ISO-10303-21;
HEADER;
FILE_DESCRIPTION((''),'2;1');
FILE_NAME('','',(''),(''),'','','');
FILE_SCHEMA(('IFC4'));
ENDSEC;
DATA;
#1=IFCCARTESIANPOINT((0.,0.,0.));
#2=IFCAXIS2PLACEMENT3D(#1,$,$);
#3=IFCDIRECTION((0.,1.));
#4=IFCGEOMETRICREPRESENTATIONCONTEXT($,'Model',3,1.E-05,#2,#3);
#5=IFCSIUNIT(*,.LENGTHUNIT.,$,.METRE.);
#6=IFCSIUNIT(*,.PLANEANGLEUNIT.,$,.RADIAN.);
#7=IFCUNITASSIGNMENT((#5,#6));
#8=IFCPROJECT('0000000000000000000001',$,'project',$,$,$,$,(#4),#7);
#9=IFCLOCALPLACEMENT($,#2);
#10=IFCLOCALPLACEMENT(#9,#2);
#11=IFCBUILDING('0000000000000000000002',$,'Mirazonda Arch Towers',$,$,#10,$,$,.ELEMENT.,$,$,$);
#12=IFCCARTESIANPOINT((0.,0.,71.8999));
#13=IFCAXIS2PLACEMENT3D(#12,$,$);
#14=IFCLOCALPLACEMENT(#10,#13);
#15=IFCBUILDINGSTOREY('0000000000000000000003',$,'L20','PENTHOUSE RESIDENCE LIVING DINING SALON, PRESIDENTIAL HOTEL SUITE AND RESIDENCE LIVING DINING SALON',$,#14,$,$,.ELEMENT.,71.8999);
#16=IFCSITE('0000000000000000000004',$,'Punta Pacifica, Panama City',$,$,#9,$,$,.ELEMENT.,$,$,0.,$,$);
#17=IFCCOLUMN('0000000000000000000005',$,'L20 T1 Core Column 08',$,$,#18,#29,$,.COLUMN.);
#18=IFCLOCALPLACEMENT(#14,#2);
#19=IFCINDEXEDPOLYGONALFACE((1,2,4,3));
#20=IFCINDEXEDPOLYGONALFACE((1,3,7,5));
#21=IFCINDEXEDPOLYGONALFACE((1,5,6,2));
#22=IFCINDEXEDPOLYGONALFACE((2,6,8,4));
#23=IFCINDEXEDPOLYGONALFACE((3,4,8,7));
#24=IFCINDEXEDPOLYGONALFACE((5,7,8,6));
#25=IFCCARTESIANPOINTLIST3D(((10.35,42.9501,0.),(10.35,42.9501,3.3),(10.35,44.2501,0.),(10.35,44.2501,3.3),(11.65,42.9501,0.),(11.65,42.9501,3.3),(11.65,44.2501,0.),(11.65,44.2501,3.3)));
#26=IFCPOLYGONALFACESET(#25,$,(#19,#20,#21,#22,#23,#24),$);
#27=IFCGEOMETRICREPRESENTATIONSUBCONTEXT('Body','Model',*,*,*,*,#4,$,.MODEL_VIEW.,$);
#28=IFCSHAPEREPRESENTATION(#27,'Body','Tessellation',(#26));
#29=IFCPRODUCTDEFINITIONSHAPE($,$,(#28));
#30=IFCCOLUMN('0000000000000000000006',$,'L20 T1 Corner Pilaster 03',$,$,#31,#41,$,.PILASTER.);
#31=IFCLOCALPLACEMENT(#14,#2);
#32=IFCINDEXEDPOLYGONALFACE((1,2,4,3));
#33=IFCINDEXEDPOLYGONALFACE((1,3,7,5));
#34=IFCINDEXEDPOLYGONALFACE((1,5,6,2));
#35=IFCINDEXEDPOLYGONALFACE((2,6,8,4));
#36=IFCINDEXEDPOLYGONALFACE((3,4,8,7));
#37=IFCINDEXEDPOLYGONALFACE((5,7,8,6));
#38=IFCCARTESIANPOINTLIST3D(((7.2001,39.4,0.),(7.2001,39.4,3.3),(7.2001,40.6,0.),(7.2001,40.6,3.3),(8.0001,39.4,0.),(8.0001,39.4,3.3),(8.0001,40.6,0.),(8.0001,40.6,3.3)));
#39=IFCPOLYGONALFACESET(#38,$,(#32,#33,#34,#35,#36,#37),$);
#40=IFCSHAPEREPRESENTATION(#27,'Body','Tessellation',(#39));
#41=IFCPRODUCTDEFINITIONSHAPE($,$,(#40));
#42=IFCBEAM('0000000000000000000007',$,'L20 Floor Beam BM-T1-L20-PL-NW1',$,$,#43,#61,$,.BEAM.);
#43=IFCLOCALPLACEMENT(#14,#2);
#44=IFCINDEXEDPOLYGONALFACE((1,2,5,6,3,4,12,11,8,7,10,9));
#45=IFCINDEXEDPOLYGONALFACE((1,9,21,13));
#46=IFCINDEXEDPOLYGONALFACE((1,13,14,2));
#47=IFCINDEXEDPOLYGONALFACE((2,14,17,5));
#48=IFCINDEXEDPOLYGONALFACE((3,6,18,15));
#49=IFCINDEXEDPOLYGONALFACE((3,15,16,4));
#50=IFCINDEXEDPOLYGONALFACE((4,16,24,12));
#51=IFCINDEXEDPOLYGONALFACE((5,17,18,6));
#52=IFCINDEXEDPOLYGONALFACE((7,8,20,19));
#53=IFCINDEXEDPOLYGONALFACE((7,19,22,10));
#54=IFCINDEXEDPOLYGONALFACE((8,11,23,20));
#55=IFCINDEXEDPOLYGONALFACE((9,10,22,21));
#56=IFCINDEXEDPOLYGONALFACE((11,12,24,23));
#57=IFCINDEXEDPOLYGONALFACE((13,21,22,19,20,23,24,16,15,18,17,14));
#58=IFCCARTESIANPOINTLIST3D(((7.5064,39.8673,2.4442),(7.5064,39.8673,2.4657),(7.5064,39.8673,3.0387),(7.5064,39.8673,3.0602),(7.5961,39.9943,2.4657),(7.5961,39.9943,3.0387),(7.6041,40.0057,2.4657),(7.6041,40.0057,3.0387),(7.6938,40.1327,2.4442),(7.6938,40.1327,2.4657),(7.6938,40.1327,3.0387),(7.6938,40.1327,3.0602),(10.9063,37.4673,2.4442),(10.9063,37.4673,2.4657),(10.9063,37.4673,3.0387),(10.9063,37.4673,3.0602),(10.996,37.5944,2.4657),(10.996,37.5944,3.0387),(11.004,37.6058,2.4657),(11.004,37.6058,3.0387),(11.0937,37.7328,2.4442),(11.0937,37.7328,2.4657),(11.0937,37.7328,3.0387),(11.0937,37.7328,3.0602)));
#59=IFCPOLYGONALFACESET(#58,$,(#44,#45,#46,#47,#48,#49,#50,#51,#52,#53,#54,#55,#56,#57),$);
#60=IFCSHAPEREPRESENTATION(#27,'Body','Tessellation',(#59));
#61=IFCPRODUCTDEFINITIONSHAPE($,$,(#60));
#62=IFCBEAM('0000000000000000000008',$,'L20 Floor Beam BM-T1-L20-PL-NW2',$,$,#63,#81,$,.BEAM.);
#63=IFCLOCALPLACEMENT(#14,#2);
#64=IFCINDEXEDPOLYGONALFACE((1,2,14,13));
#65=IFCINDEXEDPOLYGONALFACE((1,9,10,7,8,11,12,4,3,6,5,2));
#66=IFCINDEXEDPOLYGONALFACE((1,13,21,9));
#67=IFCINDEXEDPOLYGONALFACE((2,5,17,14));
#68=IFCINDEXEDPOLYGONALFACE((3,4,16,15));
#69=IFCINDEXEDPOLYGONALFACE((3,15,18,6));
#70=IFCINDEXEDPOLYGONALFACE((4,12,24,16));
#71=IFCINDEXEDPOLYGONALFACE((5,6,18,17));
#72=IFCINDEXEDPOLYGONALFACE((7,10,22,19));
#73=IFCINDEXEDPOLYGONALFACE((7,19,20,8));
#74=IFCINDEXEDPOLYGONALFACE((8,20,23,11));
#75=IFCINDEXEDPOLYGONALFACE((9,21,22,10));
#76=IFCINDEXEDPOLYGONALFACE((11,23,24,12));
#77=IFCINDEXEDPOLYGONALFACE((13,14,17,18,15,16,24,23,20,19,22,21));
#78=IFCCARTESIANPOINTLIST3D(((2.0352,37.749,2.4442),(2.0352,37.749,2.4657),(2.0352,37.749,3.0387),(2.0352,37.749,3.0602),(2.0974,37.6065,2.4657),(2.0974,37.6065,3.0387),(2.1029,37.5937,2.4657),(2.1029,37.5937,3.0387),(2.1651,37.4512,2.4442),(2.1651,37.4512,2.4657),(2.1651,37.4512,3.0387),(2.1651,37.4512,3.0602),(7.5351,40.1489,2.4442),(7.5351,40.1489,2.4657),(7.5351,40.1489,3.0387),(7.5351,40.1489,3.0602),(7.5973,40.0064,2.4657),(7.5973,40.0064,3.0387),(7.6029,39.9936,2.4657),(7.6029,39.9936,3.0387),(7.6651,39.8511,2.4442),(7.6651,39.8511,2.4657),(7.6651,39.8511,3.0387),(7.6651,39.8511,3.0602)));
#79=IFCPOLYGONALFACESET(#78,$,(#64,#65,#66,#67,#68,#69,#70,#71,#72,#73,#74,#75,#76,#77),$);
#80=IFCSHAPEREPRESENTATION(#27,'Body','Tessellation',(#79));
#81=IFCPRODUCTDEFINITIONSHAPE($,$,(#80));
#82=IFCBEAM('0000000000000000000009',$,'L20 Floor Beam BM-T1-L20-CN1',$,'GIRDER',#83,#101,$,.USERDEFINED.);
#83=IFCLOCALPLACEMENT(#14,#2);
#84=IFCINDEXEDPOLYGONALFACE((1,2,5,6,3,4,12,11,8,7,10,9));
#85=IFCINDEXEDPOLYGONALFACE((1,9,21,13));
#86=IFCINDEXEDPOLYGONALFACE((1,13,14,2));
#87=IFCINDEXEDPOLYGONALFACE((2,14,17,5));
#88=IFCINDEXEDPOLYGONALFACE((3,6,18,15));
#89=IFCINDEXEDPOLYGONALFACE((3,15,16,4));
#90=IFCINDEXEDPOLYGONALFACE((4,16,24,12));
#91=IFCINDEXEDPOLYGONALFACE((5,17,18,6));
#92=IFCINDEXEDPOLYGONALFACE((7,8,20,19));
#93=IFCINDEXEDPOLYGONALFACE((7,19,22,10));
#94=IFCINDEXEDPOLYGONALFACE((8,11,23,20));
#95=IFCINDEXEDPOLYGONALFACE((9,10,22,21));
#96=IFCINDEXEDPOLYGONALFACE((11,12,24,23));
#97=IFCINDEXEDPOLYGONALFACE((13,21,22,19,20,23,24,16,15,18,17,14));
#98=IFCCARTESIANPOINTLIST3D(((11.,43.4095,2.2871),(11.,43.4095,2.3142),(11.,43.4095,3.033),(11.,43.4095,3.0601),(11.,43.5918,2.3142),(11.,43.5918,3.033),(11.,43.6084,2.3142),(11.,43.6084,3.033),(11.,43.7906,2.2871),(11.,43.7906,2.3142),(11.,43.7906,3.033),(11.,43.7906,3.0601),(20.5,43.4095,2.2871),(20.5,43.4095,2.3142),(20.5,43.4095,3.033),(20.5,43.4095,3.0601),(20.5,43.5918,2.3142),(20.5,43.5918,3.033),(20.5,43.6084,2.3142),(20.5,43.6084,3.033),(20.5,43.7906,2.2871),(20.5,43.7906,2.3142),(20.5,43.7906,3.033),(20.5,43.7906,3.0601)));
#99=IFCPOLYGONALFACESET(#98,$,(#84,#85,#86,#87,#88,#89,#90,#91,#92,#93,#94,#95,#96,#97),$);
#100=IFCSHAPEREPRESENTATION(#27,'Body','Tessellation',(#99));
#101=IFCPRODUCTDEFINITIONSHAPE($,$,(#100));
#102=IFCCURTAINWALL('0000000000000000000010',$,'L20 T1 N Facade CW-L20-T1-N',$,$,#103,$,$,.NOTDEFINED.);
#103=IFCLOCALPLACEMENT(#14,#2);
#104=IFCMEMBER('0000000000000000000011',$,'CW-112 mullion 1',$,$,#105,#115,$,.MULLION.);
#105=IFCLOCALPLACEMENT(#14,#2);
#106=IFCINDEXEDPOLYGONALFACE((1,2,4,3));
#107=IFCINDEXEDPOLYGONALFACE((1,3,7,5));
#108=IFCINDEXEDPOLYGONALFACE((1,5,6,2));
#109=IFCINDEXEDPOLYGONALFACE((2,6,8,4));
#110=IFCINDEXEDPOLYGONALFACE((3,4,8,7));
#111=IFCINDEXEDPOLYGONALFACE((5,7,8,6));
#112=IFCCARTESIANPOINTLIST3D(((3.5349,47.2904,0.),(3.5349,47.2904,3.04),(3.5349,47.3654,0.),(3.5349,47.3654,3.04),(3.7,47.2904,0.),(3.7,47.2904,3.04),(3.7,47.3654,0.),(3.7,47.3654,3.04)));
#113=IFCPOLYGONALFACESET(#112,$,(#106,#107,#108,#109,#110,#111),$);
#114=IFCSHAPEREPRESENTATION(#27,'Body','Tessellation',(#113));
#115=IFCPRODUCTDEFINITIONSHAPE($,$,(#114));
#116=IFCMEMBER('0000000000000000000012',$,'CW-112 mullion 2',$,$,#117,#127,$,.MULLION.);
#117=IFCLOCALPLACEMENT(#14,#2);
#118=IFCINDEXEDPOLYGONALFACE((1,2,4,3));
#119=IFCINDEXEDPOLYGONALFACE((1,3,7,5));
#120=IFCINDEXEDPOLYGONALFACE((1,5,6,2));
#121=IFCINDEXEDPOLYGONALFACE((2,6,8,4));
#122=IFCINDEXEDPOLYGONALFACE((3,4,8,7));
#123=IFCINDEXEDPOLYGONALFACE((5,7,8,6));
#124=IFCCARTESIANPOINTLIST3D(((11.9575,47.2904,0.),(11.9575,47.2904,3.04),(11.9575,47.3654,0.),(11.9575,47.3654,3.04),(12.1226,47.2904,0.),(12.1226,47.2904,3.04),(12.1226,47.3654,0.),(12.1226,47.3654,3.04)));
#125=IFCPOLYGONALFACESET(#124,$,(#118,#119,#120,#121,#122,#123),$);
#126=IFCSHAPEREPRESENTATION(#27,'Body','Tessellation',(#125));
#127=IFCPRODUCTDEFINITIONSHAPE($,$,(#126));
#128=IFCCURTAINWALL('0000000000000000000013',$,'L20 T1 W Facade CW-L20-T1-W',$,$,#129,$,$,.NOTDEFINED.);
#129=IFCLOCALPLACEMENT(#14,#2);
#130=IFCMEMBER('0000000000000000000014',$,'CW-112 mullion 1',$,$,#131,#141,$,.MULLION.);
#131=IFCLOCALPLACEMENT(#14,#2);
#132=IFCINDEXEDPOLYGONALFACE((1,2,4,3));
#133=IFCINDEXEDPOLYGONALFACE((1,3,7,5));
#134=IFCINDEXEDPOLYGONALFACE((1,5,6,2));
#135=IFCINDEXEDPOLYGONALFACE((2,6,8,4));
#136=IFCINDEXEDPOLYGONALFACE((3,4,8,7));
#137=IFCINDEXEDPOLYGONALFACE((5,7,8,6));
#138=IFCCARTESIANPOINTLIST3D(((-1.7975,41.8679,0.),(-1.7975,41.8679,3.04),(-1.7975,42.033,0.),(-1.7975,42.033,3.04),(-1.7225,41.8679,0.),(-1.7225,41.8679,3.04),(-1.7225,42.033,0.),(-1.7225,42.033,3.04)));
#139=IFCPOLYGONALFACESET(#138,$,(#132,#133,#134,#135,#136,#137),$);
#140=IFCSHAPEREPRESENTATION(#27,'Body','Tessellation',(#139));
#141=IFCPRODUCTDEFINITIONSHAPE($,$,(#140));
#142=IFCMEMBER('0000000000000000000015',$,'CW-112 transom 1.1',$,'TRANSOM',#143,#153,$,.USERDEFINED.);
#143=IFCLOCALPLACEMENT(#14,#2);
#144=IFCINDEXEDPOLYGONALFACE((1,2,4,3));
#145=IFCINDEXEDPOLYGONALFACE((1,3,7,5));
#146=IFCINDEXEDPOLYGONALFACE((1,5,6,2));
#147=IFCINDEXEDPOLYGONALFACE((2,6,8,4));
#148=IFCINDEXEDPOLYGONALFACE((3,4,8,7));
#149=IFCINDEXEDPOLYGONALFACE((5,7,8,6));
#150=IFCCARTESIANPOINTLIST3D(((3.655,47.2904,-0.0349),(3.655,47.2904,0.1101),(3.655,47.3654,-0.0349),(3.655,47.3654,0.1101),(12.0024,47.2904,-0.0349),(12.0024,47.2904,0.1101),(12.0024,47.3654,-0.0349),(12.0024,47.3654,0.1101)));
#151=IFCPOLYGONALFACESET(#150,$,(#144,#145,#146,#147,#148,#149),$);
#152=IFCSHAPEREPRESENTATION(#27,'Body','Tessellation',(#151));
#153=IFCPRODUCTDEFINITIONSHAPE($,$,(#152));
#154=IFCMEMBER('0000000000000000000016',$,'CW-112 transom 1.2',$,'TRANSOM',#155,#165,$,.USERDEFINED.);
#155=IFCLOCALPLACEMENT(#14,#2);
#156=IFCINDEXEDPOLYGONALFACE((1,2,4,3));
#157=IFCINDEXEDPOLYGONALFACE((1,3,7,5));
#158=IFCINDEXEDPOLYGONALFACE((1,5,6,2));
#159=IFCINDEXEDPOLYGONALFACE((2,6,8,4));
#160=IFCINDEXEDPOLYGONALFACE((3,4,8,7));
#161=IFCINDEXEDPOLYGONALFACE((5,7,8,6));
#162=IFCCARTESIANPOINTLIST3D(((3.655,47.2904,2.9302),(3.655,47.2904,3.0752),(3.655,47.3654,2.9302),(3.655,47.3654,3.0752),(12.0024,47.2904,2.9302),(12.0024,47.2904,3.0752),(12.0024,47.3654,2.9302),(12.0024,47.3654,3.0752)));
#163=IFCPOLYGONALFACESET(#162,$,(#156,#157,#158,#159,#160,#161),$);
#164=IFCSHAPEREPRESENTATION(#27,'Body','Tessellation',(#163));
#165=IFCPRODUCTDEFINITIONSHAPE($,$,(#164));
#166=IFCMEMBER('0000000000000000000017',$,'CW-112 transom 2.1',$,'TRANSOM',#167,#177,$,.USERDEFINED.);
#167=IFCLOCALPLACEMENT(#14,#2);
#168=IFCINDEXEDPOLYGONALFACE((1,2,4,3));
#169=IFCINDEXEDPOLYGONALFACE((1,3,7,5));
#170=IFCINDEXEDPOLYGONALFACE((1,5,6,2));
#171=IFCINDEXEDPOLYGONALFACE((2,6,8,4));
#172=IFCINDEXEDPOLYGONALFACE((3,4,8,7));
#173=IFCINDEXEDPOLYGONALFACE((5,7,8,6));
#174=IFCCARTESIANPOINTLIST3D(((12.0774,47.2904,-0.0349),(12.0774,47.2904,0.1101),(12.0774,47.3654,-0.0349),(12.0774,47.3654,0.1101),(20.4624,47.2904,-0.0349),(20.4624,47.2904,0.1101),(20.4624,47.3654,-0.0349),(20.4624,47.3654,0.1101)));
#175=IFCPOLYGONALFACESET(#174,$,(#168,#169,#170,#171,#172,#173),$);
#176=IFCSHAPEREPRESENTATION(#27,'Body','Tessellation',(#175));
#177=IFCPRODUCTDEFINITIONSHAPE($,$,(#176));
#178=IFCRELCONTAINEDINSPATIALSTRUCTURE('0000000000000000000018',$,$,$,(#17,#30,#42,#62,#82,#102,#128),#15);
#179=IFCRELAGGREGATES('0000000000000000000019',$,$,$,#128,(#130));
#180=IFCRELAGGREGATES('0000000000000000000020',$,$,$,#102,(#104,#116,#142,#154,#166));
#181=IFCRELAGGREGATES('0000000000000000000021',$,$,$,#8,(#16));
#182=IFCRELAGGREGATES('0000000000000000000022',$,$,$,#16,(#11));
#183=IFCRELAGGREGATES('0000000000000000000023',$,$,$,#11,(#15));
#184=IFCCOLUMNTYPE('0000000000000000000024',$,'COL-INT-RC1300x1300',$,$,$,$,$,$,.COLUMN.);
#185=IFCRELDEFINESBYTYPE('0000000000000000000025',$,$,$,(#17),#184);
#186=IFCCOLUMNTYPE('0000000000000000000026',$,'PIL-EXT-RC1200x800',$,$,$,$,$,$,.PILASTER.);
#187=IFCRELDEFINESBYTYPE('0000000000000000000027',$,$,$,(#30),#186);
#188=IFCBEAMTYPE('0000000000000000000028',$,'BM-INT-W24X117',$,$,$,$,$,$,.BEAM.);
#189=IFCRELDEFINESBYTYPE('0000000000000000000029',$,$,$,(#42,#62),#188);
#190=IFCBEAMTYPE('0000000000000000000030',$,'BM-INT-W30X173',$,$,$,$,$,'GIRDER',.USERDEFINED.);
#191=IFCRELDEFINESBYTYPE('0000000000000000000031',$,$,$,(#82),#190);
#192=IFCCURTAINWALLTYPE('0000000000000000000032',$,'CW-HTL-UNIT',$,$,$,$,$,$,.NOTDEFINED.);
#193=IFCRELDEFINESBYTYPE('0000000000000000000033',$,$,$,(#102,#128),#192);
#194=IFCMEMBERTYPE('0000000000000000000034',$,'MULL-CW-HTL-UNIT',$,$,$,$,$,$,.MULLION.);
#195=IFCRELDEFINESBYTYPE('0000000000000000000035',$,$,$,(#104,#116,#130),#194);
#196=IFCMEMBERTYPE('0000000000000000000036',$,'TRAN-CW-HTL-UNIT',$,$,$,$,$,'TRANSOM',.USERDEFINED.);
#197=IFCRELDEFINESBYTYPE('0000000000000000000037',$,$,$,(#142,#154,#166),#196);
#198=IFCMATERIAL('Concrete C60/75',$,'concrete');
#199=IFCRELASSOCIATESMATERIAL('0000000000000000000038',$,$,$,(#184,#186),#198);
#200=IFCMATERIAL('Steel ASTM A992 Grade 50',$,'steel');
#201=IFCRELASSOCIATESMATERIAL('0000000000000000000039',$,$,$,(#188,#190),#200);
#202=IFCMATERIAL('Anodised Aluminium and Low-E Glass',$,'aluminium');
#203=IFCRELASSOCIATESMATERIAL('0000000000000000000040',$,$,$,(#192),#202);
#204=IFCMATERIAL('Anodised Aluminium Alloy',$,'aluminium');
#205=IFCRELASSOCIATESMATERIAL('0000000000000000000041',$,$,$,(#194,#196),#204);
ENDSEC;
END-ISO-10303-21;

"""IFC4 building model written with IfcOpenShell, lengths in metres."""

from ifc_helpers import new_model, si_unit, direction, frame, origin, origin_2d, place, context, subcontext, project, spatial, rectangle, i_section, extrude, material, material_profile, profile_set, type_object, element, aggregate, save


model = new_model("IFC4")

# Units and contexts
model_context = context("Model", 3, precision=1e-05, world=origin(), true_north=direction((0.0, 1.0)))
body_context = subcontext(model_context, "Body", "Model", "MODEL_VIEW")
ifc_project = project(units=[si_unit("LENGTHUNIT", "METRE"), si_unit("PLANEANGLEUNIT", "RADIAN")], contexts=[model_context])

# Site, building, storey
site_placement = place(None, origin())
site = spatial("IfcSite", under=ifc_project, at=site_placement, Name="Punta Pacifica, Panama City", CompositionType="ELEMENT", RefElevation=0.0)
building_placement = place(site_placement, origin())
building = spatial("IfcBuilding", under=site, at=building_placement, Name="Mirazonda Arch Towers", CompositionType="ELEMENT")
storey_placement = place(building_placement, frame((0.0, 0.0, 71.8999)))
storey = spatial("IfcBuildingStorey", under=building, at=storey_placement, Name="L20", Description="PENTHOUSE RESIDENCE LIVING DINING SALON, PRESIDENTIAL HOTEL SUITE AND RESIDENCE LIVING DINING SALON", CompositionType="ELEMENT", Elevation=71.8999)

# Columns
ifc_material_1 = material(Name="Concrete C60/75", Category="concrete")
ifc_material_profile_1 = material_profile(ifc_material_1, rectangle(XDim=1.3, YDim=1.3, at=origin_2d()), Name="RC1300x1300")
ifc_profile_set_1 = profile_set([ifc_material_profile_1], Name="Concrete C60/75")
column_type_1 = type_object("IfcColumnType", Name="COL-INT-RC1300x1300", PredefinedType="COLUMN", material=ifc_profile_set_1)
column_1_placement = place(storey_placement, frame((11.0, 43.6001, 0.0), z_axis=(0.0, 0.0, 1.0), x_axis=(1.0, 0.0, 0.0)))
element("IfcColumn", 1, at=column_1_placement, inside=storey, type_object=column_type_1, Name="L20 T1 Core Column 08", PredefinedType="COLUMN", context=body_context, shape_type="SweptSolid", body=[
    extrude(rectangle(XDim=1.3, YDim=1.3, at=origin_2d()), origin(), (0.0, 0.0, 1.0), 3.3),
])
ifc_material_profile_2 = material_profile(ifc_material_1, rectangle(XDim=0.8, YDim=1.2, at=origin_2d()), Name="RC1200x800")
ifc_profile_set_2 = profile_set([ifc_material_profile_2], Name="Concrete C60/75")
column_type_2 = type_object("IfcColumnType", Name="PIL-EXT-RC1200x800", PredefinedType="PILASTER", material=ifc_profile_set_2)
column_2_placement = place(storey_placement, frame((7.6001, 40.0, 0.0), z_axis=(0.0, 0.0, 1.0), x_axis=(1.0, 0.0, 0.0)))
element("IfcColumn", 2, at=column_2_placement, inside=storey, type_object=column_type_2, Name="L20 T1 Corner Pilaster 03", PredefinedType="PILASTER", context=body_context, shape_type="SweptSolid", body=[
    extrude(rectangle(XDim=0.8, YDim=1.2, at=origin_2d()), origin(), (0.0, 0.0, 1.0), 3.3),
])

# Beams
ifc_material_2 = material(Name="Steel ASTM A992 Grade 50", Category="steel")
ifc_material_profile_3 = material_profile(ifc_material_2, i_section(OverallWidth=0.325, OverallDepth=0.616, WebThickness=0.0139, FlangeThickness=0.0215, at=origin_2d()), Name="W24X117")
ifc_profile_set_3 = profile_set([ifc_material_profile_3], Name="Steel ASTM A992 Grade 50")
beam_type_1 = type_object("IfcBeamType", Name="BM-INT-W24X117", PredefinedType="BEAM", material=ifc_profile_set_3)
beam_1_placement = place(storey_placement, frame((7.6001, 40.0, 2.7522), z_axis=(0.816971, -0.576679, 0.0), x_axis=(0.576679, 0.816971, 0.0)))
element("IfcBeam", 3, at=beam_1_placement, inside=storey, type_object=beam_type_1, Name="L20 Floor Beam BM-T1-L20-PL-NW1", PredefinedType="BEAM", context=body_context, shape_type="SweptSolid", body=[
    extrude(i_section(OverallWidth=0.325, OverallDepth=0.616, WebThickness=0.0139, FlangeThickness=0.0215, at=origin_2d()), origin(), (0.0, 0.0, 1.0), 4.1616),
])
beam_2_placement = place(storey_placement, frame((7.6001, 40.0, 2.7522), z_axis=(-0.916545, -0.399931, 0.0), x_axis=(0.399931, -0.916545, 0.0)))
element("IfcBeam", 4, at=beam_2_placement, inside=storey, type_object=beam_type_1, Name="L20 Floor Beam BM-T1-L20-PL-NW2", PredefinedType="BEAM", context=body_context, shape_type="SweptSolid", body=[
    extrude(i_section(OverallWidth=0.325, OverallDepth=0.616, WebThickness=0.0139, FlangeThickness=0.0215, at=origin_2d()), origin(), (0.0, 0.0, 1.0), 6.0007),
])
ifc_material_profile_4 = material_profile(ifc_material_2, i_section(OverallWidth=0.3811, OverallDepth=0.7729, WebThickness=0.0166, FlangeThickness=0.0271, at=origin_2d()), Name="W30X173")
ifc_profile_set_4 = profile_set([ifc_material_profile_4], Name="Steel ASTM A992 Grade 50")
beam_type_2 = type_object("IfcBeamType", Name="BM-INT-W30X173", ElementType="GIRDER", PredefinedType="USERDEFINED", material=ifc_profile_set_4)
beam_3_placement = place(storey_placement, frame((11.0, 43.6001, 2.6736), z_axis=(1.0, 0.0, 0.0), x_axis=(0.0, 1.0, 0.0)))
element("IfcBeam", 5, at=beam_3_placement, inside=storey, type_object=beam_type_2, Name="L20 Floor Beam BM-T1-L20-CN1", ObjectType="GIRDER", PredefinedType="USERDEFINED", context=body_context, shape_type="SweptSolid", body=[
    extrude(i_section(OverallWidth=0.3811, OverallDepth=0.7729, WebThickness=0.0166, FlangeThickness=0.0271, at=origin_2d()), origin(), (0.0, 0.0, 1.0), 9.5),
])

# Curtain wall, members
ifc_material_3 = material(Name="Anodised Aluminium and Low-E Glass", Category="aluminium")
curtain_wall_type = type_object("IfcCurtainWallType", Name="CW-HTL-UNIT", PredefinedType="NOTDEFINED", material=ifc_material_3)
curtain_wall_1_placement = place(storey_placement, origin())
curtain_wall_1 = element("IfcCurtainWall", 6, at=curtain_wall_1_placement, inside=storey, type_object=curtain_wall_type, Name="L20 T1 N Facade CW-L20-T1-N", PredefinedType="NOTDEFINED")
ifc_material_4 = material(Name="Anodised Aluminium Alloy", Category="aluminium")
ifc_material_profile_5 = material_profile(ifc_material_4, rectangle(XDim=0.075, YDim=0.165, at=origin_2d()), Name="ALU-MULL-75x165")
ifc_profile_set_5 = profile_set([ifc_material_profile_5], Name="Anodised Aluminium Alloy")
member_type_1 = type_object("IfcMemberType", Name="MULL-CW-HTL-UNIT", PredefinedType="MULLION", material=ifc_profile_set_5)
member_1_placement = place(storey_placement, frame((3.6174, 47.3279, 0.0), z_axis=(0.0, 0.0, 1.0), x_axis=(0.0, 1.0, 0.0)))
member_1 = element("IfcMember", 7, at=member_1_placement, type_object=member_type_1, Name="CW-112 mullion 1", PredefinedType="MULLION", context=body_context, shape_type="SweptSolid", body=[
    extrude(rectangle(XDim=0.075, YDim=0.165, at=origin_2d()), origin(), (0.0, 0.0, 1.0), 3.04),
])
member_2_placement = place(storey_placement, frame((12.04, 47.3279, 0.0), z_axis=(0.0, 0.0, 1.0), x_axis=(0.0, 1.0, 0.0)))
member_2 = element("IfcMember", 8, at=member_2_placement, type_object=member_type_1, Name="CW-112 mullion 2", PredefinedType="MULLION", context=body_context, shape_type="SweptSolid", body=[
    extrude(rectangle(XDim=0.075, YDim=0.165, at=origin_2d()), origin(), (0.0, 0.0, 1.0), 3.04),
])

# Curtain wall, member
curtain_wall_2_placement = place(storey_placement, origin())
curtain_wall_2 = element("IfcCurtainWall", 9, at=curtain_wall_2_placement, inside=storey, type_object=curtain_wall_type, Name="L20 T1 W Facade CW-L20-T1-W", PredefinedType="NOTDEFINED")
member_3_placement = place(storey_placement, frame((-1.76, 41.9504, 0.0), z_axis=(0.0, 0.0, 1.0), x_axis=(1.0, 0.0, 0.0)))
member_3 = element("IfcMember", 10, at=member_3_placement, type_object=member_type_1, Name="CW-112 mullion 1", PredefinedType="MULLION", context=body_context, shape_type="SweptSolid", body=[
    extrude(rectangle(XDim=0.075, YDim=0.165, at=origin_2d()), origin(), (0.0, 0.0, 1.0), 3.04),
])

# Members
ifc_material_profile_6 = material_profile(ifc_material_4, rectangle(XDim=0.075, YDim=0.145, at=origin_2d()), Name="ALU-TRAN-75x145")
ifc_profile_set_6 = profile_set([ifc_material_profile_6], Name="Anodised Aluminium Alloy")
member_type_2 = type_object("IfcMemberType", Name="TRAN-CW-HTL-UNIT", ElementType="TRANSOM", PredefinedType="USERDEFINED", material=ifc_profile_set_6)
member_4_placement = place(storey_placement, frame((3.655, 47.3279, 0.0376), z_axis=(1.0, 0.0, 0.0), x_axis=(0.0, 1.0, 0.0)))
member_4 = element("IfcMember", 11, at=member_4_placement, type_object=member_type_2, Name="CW-112 transom 1.1", ObjectType="TRANSOM", PredefinedType="USERDEFINED", context=body_context, shape_type="SweptSolid", body=[
    extrude(rectangle(XDim=0.075, YDim=0.145, at=origin_2d()), origin(), (0.0, 0.0, 1.0), 8.3474),
])
member_5_placement = place(storey_placement, frame((3.655, 47.3279, 3.0027), z_axis=(1.0, 0.0, 0.0), x_axis=(0.0, 1.0, 0.0)))
member_5 = element("IfcMember", 12, at=member_5_placement, type_object=member_type_2, Name="CW-112 transom 1.2", ObjectType="TRANSOM", PredefinedType="USERDEFINED", context=body_context, shape_type="SweptSolid", body=[
    extrude(rectangle(XDim=0.075, YDim=0.145, at=origin_2d()), origin(), (0.0, 0.0, 1.0), 8.3474),
])
member_6_placement = place(storey_placement, frame((12.0774, 47.3279, 0.0376), z_axis=(1.0, 0.0, 0.0), x_axis=(0.0, 1.0, 0.0)))
member_6 = element("IfcMember", 13, at=member_6_placement, type_object=member_type_2, Name="CW-112 transom 2.1", ObjectType="TRANSOM", PredefinedType="USERDEFINED", context=body_context, shape_type="SweptSolid", body=[
    extrude(rectangle(XDim=0.075, YDim=0.145, at=origin_2d()), origin(), (0.0, 0.0, 1.0), 8.385),
])
aggregate(curtain_wall_2, [member_3])

aggregate(curtain_wall_1, [member_1, member_2, member_4, member_5, member_6])

save(model, "model.ifc")
